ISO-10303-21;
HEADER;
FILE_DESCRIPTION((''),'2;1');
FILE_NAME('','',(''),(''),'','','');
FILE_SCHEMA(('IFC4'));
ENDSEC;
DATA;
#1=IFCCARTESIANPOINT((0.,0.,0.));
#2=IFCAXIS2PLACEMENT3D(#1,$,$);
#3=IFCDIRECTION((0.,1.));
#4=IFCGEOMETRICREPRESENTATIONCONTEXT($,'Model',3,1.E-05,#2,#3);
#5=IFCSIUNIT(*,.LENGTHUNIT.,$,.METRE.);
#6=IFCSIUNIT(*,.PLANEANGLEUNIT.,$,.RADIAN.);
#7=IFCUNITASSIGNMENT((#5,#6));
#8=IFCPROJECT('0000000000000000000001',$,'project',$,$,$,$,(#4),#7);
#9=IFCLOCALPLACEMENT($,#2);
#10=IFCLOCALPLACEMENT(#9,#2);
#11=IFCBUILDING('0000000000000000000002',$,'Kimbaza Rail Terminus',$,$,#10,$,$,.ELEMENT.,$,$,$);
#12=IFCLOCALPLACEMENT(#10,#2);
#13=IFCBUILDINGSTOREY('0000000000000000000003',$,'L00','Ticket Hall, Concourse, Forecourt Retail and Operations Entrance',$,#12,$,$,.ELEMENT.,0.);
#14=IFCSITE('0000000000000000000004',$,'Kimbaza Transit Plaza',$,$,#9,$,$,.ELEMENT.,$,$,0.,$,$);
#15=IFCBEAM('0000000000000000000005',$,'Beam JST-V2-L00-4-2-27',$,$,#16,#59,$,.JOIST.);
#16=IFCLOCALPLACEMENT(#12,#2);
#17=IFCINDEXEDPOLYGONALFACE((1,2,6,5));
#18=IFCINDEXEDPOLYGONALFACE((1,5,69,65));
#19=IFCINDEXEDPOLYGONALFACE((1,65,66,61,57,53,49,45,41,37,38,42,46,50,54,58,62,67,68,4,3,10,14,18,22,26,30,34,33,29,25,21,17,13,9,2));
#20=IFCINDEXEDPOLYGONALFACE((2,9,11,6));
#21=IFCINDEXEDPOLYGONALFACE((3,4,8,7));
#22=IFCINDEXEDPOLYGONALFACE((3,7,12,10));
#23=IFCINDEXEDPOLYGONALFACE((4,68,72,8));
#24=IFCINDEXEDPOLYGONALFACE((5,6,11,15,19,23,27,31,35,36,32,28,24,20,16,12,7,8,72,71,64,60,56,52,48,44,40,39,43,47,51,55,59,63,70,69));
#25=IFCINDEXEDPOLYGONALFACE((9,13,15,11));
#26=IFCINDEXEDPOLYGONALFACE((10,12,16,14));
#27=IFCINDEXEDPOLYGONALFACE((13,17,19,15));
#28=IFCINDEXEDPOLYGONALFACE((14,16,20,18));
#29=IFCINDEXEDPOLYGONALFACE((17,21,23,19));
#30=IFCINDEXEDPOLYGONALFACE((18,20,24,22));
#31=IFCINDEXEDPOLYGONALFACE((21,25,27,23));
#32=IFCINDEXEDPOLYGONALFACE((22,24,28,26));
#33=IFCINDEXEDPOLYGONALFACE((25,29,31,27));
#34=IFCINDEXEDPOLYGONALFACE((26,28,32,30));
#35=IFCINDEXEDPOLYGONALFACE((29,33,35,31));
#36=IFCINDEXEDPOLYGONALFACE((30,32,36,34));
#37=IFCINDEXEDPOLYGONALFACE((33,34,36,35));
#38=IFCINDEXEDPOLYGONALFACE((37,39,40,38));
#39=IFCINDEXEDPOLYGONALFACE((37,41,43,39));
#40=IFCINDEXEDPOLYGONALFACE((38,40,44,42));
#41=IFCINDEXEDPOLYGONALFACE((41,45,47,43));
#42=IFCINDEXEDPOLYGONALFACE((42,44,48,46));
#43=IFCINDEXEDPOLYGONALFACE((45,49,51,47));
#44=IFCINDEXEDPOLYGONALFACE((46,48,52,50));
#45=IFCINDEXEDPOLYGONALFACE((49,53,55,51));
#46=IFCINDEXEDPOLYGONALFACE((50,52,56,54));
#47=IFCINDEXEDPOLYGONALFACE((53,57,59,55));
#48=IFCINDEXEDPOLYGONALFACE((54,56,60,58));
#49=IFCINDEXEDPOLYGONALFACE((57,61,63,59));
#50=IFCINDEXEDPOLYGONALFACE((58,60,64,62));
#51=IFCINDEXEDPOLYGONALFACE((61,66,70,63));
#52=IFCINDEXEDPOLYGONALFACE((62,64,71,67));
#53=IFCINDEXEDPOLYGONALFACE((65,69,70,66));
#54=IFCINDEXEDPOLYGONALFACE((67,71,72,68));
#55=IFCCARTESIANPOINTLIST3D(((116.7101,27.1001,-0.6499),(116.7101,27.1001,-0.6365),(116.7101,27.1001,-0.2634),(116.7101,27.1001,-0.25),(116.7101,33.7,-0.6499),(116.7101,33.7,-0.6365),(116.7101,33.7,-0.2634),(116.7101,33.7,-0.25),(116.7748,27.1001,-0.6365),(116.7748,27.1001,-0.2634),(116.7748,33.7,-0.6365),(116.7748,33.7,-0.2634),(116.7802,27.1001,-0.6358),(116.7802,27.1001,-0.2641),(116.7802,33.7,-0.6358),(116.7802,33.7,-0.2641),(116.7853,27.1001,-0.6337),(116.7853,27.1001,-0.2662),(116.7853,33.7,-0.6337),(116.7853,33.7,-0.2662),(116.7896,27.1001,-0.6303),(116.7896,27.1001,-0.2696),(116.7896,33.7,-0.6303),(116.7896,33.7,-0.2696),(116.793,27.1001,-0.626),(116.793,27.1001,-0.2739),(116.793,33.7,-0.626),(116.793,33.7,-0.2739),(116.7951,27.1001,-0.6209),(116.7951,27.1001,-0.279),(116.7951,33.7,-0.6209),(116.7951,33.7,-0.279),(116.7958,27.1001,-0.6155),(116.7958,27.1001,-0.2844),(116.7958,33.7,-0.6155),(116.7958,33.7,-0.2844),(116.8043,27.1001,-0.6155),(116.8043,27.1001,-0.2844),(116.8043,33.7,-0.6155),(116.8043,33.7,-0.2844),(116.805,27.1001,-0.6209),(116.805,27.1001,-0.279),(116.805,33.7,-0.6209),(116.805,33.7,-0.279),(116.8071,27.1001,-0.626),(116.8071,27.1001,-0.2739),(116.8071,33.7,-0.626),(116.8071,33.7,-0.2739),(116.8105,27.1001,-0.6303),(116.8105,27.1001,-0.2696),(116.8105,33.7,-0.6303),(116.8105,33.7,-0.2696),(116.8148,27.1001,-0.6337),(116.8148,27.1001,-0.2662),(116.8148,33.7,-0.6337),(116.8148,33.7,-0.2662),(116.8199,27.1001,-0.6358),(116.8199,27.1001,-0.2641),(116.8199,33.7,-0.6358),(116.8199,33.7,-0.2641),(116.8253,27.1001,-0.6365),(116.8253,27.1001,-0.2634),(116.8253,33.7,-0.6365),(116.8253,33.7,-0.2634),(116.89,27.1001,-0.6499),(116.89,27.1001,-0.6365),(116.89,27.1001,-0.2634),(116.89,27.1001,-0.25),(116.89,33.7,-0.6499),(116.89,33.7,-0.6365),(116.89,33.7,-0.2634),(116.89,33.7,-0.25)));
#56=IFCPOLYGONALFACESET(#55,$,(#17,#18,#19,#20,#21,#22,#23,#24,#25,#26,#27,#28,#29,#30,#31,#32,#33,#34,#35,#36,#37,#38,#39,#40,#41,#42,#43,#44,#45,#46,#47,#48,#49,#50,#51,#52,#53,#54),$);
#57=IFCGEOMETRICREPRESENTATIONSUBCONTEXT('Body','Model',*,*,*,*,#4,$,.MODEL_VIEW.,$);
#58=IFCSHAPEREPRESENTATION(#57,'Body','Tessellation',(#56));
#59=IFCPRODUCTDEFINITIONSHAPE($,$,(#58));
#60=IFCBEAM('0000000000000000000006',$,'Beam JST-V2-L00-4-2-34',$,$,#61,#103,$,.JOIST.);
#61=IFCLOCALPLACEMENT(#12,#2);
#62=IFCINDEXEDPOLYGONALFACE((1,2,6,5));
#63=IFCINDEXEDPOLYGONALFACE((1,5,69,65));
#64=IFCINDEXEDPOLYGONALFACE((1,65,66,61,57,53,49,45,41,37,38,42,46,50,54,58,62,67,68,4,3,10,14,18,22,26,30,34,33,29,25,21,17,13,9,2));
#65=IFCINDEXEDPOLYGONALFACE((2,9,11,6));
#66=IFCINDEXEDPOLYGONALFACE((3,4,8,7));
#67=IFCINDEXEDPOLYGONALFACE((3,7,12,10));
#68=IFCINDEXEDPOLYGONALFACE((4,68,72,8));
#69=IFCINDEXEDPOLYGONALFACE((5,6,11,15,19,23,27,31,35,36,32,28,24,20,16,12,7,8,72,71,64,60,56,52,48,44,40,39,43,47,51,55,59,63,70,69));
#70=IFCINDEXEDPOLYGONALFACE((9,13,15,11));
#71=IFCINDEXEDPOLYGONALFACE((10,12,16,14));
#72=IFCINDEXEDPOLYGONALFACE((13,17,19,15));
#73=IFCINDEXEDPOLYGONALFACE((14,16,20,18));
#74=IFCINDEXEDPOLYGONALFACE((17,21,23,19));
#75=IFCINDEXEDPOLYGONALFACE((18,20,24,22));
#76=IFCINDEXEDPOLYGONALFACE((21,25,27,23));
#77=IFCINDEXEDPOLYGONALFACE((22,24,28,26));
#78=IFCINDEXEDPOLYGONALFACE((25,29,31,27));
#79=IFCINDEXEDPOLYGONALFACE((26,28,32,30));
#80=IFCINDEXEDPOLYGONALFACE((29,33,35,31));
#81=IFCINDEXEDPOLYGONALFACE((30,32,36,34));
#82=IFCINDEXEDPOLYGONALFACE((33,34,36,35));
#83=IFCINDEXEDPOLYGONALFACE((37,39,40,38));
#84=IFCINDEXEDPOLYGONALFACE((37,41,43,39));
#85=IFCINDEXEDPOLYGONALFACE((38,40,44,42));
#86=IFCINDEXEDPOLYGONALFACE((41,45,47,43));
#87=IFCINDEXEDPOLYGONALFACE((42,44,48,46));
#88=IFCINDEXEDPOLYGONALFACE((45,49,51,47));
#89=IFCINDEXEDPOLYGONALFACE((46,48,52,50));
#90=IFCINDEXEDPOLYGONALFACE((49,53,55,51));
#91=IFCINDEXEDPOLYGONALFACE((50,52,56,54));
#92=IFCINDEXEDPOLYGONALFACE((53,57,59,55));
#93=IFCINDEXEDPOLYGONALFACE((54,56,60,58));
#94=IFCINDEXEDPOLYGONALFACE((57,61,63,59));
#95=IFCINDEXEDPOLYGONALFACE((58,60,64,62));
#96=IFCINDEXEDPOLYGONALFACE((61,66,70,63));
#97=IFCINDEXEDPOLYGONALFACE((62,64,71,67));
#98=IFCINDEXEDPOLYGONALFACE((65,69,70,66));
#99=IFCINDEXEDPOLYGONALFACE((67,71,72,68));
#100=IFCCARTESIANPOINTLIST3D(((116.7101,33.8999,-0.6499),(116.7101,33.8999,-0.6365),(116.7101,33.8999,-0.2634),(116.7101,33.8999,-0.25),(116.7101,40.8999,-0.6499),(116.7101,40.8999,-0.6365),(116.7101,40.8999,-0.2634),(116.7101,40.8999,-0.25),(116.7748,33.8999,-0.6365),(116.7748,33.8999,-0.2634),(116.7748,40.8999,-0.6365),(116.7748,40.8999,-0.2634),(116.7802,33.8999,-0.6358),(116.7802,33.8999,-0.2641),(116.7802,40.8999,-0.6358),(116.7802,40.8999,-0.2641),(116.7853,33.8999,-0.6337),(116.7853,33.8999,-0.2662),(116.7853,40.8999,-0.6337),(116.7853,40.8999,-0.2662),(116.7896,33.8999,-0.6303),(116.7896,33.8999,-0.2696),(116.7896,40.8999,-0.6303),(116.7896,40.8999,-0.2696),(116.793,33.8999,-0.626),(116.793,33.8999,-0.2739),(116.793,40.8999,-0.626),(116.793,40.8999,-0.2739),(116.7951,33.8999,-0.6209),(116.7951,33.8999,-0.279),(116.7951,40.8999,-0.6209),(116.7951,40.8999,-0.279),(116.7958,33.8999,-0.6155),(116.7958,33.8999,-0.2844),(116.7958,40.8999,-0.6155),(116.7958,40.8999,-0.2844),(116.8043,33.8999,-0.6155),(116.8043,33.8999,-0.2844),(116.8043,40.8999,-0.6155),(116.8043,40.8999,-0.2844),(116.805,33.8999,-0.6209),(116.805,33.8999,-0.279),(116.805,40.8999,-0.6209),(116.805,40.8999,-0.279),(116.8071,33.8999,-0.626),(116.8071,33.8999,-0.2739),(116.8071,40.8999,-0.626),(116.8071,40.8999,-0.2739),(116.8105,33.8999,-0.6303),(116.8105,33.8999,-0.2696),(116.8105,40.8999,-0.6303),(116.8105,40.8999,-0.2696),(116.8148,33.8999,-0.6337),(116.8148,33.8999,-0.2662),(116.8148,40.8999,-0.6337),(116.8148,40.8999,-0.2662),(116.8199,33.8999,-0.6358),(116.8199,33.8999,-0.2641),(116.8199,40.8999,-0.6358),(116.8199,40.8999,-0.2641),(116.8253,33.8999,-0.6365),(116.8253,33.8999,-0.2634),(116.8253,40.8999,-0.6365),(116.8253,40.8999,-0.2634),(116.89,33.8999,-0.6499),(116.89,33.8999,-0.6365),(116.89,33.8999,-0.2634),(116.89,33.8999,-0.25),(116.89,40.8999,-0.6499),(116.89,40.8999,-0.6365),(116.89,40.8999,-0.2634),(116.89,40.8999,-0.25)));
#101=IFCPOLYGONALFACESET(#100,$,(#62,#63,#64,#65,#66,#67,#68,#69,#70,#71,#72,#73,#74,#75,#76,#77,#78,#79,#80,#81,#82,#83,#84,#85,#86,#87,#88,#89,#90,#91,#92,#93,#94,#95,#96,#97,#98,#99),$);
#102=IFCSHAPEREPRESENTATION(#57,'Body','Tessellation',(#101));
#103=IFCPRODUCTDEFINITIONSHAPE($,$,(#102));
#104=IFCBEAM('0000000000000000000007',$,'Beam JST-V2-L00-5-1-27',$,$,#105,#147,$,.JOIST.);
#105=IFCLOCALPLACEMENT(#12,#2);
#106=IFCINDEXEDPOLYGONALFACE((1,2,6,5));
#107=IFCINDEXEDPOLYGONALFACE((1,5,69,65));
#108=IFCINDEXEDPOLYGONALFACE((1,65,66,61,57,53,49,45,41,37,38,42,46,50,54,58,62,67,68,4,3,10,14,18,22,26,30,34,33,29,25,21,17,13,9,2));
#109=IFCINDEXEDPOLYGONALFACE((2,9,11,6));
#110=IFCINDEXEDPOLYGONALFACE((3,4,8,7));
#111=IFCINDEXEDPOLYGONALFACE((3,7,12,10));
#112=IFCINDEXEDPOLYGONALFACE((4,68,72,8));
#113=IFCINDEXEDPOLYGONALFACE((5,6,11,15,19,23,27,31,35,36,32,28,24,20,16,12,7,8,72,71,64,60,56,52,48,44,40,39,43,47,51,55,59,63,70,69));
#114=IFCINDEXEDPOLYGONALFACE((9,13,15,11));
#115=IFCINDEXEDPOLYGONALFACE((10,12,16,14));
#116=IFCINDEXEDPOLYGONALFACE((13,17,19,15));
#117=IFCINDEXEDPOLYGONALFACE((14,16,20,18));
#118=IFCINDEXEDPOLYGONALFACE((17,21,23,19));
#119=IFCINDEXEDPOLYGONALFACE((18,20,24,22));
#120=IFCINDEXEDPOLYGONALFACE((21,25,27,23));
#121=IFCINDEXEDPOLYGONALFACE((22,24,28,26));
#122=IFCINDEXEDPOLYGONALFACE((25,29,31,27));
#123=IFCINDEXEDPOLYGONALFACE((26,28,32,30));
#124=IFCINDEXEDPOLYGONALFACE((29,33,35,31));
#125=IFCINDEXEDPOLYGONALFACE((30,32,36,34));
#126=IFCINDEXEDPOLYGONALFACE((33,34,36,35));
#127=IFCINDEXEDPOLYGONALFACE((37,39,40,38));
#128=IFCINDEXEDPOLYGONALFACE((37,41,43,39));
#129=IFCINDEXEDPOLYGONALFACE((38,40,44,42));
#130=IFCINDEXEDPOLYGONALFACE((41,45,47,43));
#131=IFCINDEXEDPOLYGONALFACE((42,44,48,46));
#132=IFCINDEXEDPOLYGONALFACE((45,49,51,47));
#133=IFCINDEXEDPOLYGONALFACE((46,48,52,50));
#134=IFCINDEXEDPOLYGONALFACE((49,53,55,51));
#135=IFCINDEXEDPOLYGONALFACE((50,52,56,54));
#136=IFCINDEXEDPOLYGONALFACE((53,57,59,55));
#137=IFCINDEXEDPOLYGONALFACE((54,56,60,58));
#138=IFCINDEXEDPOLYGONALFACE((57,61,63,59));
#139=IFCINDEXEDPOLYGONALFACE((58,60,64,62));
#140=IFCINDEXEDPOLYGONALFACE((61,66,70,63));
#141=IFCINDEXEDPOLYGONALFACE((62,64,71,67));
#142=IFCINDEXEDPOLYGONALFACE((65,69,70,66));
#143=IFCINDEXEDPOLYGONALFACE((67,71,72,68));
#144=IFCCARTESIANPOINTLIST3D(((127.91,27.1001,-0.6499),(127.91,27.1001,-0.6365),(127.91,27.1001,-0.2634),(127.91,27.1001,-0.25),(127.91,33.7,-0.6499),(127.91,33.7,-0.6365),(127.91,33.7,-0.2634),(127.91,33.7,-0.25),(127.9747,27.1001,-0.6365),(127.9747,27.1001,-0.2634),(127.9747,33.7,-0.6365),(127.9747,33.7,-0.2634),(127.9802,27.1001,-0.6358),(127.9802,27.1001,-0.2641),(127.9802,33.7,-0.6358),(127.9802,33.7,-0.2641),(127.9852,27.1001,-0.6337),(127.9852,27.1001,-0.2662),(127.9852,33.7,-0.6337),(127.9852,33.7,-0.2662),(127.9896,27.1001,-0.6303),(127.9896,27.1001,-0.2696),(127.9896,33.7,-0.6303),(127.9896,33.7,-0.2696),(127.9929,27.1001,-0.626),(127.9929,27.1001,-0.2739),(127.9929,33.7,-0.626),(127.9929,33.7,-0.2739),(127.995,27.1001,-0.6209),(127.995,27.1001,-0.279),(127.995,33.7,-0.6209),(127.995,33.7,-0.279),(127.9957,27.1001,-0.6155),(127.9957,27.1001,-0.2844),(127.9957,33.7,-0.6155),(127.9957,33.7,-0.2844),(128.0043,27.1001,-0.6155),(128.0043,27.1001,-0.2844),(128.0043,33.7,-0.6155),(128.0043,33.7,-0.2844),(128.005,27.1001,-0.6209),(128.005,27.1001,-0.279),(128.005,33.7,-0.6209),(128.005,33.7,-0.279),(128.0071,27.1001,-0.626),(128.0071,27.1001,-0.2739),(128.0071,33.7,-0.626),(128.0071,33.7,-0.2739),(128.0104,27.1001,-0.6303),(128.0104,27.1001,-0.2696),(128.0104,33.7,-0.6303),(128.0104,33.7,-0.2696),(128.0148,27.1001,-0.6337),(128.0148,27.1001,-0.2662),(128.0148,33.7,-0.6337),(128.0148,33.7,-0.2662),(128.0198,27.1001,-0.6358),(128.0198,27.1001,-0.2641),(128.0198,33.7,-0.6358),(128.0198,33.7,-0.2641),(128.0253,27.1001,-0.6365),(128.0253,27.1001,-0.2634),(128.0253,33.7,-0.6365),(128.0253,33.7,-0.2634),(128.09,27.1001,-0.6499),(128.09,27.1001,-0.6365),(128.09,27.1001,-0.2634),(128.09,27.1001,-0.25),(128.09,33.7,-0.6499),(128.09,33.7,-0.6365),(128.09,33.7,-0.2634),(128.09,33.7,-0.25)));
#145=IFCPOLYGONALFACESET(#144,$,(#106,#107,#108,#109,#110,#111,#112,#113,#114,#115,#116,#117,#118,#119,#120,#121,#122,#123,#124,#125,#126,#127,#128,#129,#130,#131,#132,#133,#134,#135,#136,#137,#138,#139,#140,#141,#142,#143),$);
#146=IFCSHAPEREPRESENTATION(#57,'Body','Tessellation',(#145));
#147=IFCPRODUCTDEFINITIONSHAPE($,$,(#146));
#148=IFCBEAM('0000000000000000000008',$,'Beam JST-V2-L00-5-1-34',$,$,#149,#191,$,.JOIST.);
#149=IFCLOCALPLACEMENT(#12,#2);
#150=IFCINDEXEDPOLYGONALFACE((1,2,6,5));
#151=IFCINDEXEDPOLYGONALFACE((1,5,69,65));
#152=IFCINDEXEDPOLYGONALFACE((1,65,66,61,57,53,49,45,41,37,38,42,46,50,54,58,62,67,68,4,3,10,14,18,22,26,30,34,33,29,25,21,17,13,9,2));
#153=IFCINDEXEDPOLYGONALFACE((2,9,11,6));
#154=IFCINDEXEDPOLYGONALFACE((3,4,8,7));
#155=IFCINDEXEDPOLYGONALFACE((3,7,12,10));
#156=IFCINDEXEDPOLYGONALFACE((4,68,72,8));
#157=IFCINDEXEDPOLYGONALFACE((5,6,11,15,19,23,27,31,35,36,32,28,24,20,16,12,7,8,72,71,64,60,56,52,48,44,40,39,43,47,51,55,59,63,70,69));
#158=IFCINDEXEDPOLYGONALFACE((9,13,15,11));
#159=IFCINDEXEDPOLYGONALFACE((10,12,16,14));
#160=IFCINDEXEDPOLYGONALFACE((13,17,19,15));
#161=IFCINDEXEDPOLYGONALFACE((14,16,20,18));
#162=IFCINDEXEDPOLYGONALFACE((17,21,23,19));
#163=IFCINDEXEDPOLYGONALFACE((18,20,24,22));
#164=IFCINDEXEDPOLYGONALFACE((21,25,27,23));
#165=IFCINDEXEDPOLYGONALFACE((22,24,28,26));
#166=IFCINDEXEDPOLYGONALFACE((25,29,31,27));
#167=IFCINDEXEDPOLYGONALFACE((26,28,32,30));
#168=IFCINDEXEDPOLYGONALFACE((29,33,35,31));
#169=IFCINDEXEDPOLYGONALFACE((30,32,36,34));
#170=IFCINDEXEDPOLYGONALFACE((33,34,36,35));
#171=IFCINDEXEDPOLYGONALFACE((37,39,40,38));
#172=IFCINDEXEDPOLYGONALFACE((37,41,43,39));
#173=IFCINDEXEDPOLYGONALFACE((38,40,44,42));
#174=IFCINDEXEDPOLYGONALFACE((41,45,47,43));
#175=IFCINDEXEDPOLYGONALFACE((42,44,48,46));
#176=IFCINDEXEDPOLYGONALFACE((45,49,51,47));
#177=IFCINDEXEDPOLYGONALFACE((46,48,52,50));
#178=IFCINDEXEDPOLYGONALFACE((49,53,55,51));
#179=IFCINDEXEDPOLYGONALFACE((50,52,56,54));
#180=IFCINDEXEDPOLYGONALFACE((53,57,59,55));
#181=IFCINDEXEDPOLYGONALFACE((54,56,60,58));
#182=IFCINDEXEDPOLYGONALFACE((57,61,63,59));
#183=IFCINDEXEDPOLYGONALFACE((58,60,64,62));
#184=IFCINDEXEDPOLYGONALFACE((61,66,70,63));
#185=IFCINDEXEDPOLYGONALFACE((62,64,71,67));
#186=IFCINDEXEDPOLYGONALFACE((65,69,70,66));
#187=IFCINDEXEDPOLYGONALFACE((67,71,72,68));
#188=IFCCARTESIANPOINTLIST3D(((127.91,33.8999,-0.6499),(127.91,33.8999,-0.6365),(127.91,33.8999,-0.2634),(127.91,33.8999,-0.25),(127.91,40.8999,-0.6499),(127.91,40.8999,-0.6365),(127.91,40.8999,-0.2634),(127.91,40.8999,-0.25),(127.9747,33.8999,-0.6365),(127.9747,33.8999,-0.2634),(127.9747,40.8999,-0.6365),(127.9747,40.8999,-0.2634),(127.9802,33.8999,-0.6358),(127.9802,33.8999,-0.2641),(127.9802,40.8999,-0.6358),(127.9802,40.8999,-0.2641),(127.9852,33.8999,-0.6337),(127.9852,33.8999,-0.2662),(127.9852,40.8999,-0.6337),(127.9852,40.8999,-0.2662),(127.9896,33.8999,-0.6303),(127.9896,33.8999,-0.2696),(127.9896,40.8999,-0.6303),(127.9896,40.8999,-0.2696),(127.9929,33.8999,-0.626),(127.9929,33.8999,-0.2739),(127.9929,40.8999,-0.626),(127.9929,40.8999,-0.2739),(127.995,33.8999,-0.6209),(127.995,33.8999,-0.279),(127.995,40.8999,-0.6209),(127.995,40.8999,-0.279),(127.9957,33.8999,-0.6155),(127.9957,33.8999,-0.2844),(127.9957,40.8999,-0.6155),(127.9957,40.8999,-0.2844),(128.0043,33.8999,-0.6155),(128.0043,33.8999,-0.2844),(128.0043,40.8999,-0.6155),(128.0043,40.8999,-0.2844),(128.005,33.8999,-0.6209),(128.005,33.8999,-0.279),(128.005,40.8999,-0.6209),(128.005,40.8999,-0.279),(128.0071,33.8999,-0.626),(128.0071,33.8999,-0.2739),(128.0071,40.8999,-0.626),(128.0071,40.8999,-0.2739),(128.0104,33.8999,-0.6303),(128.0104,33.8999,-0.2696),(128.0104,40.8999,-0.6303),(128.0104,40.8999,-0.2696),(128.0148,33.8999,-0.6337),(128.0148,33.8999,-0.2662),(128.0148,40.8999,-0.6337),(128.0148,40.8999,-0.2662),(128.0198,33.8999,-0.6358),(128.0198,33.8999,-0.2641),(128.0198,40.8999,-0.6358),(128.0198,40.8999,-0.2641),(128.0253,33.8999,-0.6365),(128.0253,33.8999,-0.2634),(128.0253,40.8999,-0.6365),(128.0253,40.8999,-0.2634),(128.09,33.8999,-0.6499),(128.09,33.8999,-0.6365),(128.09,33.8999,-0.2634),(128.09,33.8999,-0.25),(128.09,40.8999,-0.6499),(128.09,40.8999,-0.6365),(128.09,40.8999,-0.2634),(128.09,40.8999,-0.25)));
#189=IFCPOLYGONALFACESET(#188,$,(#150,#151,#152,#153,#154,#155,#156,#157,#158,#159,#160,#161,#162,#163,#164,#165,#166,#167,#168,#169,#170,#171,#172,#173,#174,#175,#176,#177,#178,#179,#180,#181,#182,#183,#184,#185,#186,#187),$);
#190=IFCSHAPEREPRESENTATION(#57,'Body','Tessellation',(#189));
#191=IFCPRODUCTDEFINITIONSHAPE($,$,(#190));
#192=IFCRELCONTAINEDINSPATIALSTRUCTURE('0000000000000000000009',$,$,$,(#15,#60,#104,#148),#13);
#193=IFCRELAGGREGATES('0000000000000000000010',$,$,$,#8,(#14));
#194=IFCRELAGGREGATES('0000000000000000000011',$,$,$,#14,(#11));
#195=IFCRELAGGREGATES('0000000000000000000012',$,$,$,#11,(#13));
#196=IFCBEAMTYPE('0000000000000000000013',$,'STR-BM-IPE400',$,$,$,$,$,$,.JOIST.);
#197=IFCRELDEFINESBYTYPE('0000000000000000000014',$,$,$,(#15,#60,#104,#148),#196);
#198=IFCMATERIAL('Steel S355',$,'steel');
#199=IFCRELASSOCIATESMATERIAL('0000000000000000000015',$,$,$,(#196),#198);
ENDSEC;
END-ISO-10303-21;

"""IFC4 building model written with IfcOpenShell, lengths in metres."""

from ifc_helpers import new_model, si_unit, direction, frame, origin, origin_2d, place, context, subcontext, project, spatial, i_section, extrude, material, material_profile, profile_set, type_object, element, save


model = new_model("IFC4")

# Units and contexts
model_context = context("Model", 3, precision=1e-05, world=origin(), true_north=direction((0.0, 1.0)))
body_context = subcontext(model_context, "Body", "Model", "MODEL_VIEW")
ifc_project = project(units=[si_unit("LENGTHUNIT", "METRE"), si_unit("PLANEANGLEUNIT", "RADIAN")], contexts=[model_context])

# Site, building, storey
site_placement = place(None, origin())
site = spatial("IfcSite", under=ifc_project, at=site_placement, Name="Kimbaza Transit Plaza", CompositionType="ELEMENT", RefElevation=0.0)
building_placement = place(site_placement, origin())
building = spatial("IfcBuilding", under=site, at=building_placement, Name="Kimbaza Rail Terminus", CompositionType="ELEMENT")
storey_placement = place(building_placement, origin())
storey = spatial("IfcBuildingStorey", under=building, at=storey_placement, Name="L00", Description="Ticket Hall, Concourse, Forecourt Retail and Operations Entrance", CompositionType="ELEMENT", Elevation=0.0)

# Beams
ifc_material_1 = material(Name="Steel S355", Category="steel")
ifc_material_profile_1 = material_profile(ifc_material_1, i_section(OverallWidth=0.1799, OverallDepth=0.3999, WebThickness=0.0085, FlangeThickness=0.0134, FilletRadius=0.021, at=origin_2d()), Name="IPE 400")
ifc_profile_set_1 = profile_set([ifc_material_profile_1], Name="Steel S355")
beam_type_1 = type_object("IfcBeamType", Name="STR-BM-IPE400", PredefinedType="JOIST", material=ifc_profile_set_1)
beam_1_placement = place(storey_placement, frame((116.8, 27.1001, -0.45), z_axis=(0.0, 1.0, 0.0), x_axis=(-1.0, 0.0, 0.0)))
element("IfcBeam", 1, at=beam_1_placement, inside=storey, type_object=beam_type_1, Name="Beam JST-V2-L00-4-2-27", PredefinedType="JOIST", context=body_context, shape_type="SweptSolid", body=[
    extrude(i_section(OverallWidth=0.1799, OverallDepth=0.3999, WebThickness=0.0085, FlangeThickness=0.0134, FilletRadius=0.021, at=origin_2d()), origin(), (0.0, 0.0, 1.0), 6.5999),
])
beam_2_placement = place(storey_placement, frame((116.8, 33.8999, -0.45), z_axis=(0.0, 1.0, 0.0), x_axis=(-1.0, 0.0, 0.0)))
element("IfcBeam", 2, at=beam_2_placement, inside=storey, type_object=beam_type_1, Name="Beam JST-V2-L00-4-2-34", PredefinedType="JOIST", context=body_context, shape_type="SweptSolid", body=[
    extrude(i_section(OverallWidth=0.1799, OverallDepth=0.3999, WebThickness=0.0085, FlangeThickness=0.0134, FilletRadius=0.021, at=origin_2d()), origin(), (0.0, 0.0, 1.0), 7.0),
])
beam_3_placement = place(storey_placement, frame((128.0, 27.1001, -0.45), z_axis=(0.0, 1.0, 0.0), x_axis=(-1.0, 0.0, 0.0)))
element("IfcBeam", 3, at=beam_3_placement, inside=storey, type_object=beam_type_1, Name="Beam JST-V2-L00-5-1-27", PredefinedType="JOIST", context=body_context, shape_type="SweptSolid", body=[
    extrude(i_section(OverallWidth=0.1799, OverallDepth=0.3999, WebThickness=0.0085, FlangeThickness=0.0134, FilletRadius=0.021, at=origin_2d()), origin(), (0.0, 0.0, 1.0), 6.5999),
])
beam_4_placement = place(storey_placement, frame((128.0, 33.8999, -0.45), z_axis=(0.0, 1.0, 0.0), x_axis=(-1.0, 0.0, 0.0)))
element("IfcBeam", 4, at=beam_4_placement, inside=storey, type_object=beam_type_1, Name="Beam JST-V2-L00-5-1-34", PredefinedType="JOIST", context=body_context, shape_type="SweptSolid", body=[
    extrude(i_section(OverallWidth=0.1799, OverallDepth=0.3999, WebThickness=0.0085, FlangeThickness=0.0134, FilletRadius=0.021, at=origin_2d()), origin(), (0.0, 0.0, 1.0), 7.0),
])

save(model, "model.ifc")
